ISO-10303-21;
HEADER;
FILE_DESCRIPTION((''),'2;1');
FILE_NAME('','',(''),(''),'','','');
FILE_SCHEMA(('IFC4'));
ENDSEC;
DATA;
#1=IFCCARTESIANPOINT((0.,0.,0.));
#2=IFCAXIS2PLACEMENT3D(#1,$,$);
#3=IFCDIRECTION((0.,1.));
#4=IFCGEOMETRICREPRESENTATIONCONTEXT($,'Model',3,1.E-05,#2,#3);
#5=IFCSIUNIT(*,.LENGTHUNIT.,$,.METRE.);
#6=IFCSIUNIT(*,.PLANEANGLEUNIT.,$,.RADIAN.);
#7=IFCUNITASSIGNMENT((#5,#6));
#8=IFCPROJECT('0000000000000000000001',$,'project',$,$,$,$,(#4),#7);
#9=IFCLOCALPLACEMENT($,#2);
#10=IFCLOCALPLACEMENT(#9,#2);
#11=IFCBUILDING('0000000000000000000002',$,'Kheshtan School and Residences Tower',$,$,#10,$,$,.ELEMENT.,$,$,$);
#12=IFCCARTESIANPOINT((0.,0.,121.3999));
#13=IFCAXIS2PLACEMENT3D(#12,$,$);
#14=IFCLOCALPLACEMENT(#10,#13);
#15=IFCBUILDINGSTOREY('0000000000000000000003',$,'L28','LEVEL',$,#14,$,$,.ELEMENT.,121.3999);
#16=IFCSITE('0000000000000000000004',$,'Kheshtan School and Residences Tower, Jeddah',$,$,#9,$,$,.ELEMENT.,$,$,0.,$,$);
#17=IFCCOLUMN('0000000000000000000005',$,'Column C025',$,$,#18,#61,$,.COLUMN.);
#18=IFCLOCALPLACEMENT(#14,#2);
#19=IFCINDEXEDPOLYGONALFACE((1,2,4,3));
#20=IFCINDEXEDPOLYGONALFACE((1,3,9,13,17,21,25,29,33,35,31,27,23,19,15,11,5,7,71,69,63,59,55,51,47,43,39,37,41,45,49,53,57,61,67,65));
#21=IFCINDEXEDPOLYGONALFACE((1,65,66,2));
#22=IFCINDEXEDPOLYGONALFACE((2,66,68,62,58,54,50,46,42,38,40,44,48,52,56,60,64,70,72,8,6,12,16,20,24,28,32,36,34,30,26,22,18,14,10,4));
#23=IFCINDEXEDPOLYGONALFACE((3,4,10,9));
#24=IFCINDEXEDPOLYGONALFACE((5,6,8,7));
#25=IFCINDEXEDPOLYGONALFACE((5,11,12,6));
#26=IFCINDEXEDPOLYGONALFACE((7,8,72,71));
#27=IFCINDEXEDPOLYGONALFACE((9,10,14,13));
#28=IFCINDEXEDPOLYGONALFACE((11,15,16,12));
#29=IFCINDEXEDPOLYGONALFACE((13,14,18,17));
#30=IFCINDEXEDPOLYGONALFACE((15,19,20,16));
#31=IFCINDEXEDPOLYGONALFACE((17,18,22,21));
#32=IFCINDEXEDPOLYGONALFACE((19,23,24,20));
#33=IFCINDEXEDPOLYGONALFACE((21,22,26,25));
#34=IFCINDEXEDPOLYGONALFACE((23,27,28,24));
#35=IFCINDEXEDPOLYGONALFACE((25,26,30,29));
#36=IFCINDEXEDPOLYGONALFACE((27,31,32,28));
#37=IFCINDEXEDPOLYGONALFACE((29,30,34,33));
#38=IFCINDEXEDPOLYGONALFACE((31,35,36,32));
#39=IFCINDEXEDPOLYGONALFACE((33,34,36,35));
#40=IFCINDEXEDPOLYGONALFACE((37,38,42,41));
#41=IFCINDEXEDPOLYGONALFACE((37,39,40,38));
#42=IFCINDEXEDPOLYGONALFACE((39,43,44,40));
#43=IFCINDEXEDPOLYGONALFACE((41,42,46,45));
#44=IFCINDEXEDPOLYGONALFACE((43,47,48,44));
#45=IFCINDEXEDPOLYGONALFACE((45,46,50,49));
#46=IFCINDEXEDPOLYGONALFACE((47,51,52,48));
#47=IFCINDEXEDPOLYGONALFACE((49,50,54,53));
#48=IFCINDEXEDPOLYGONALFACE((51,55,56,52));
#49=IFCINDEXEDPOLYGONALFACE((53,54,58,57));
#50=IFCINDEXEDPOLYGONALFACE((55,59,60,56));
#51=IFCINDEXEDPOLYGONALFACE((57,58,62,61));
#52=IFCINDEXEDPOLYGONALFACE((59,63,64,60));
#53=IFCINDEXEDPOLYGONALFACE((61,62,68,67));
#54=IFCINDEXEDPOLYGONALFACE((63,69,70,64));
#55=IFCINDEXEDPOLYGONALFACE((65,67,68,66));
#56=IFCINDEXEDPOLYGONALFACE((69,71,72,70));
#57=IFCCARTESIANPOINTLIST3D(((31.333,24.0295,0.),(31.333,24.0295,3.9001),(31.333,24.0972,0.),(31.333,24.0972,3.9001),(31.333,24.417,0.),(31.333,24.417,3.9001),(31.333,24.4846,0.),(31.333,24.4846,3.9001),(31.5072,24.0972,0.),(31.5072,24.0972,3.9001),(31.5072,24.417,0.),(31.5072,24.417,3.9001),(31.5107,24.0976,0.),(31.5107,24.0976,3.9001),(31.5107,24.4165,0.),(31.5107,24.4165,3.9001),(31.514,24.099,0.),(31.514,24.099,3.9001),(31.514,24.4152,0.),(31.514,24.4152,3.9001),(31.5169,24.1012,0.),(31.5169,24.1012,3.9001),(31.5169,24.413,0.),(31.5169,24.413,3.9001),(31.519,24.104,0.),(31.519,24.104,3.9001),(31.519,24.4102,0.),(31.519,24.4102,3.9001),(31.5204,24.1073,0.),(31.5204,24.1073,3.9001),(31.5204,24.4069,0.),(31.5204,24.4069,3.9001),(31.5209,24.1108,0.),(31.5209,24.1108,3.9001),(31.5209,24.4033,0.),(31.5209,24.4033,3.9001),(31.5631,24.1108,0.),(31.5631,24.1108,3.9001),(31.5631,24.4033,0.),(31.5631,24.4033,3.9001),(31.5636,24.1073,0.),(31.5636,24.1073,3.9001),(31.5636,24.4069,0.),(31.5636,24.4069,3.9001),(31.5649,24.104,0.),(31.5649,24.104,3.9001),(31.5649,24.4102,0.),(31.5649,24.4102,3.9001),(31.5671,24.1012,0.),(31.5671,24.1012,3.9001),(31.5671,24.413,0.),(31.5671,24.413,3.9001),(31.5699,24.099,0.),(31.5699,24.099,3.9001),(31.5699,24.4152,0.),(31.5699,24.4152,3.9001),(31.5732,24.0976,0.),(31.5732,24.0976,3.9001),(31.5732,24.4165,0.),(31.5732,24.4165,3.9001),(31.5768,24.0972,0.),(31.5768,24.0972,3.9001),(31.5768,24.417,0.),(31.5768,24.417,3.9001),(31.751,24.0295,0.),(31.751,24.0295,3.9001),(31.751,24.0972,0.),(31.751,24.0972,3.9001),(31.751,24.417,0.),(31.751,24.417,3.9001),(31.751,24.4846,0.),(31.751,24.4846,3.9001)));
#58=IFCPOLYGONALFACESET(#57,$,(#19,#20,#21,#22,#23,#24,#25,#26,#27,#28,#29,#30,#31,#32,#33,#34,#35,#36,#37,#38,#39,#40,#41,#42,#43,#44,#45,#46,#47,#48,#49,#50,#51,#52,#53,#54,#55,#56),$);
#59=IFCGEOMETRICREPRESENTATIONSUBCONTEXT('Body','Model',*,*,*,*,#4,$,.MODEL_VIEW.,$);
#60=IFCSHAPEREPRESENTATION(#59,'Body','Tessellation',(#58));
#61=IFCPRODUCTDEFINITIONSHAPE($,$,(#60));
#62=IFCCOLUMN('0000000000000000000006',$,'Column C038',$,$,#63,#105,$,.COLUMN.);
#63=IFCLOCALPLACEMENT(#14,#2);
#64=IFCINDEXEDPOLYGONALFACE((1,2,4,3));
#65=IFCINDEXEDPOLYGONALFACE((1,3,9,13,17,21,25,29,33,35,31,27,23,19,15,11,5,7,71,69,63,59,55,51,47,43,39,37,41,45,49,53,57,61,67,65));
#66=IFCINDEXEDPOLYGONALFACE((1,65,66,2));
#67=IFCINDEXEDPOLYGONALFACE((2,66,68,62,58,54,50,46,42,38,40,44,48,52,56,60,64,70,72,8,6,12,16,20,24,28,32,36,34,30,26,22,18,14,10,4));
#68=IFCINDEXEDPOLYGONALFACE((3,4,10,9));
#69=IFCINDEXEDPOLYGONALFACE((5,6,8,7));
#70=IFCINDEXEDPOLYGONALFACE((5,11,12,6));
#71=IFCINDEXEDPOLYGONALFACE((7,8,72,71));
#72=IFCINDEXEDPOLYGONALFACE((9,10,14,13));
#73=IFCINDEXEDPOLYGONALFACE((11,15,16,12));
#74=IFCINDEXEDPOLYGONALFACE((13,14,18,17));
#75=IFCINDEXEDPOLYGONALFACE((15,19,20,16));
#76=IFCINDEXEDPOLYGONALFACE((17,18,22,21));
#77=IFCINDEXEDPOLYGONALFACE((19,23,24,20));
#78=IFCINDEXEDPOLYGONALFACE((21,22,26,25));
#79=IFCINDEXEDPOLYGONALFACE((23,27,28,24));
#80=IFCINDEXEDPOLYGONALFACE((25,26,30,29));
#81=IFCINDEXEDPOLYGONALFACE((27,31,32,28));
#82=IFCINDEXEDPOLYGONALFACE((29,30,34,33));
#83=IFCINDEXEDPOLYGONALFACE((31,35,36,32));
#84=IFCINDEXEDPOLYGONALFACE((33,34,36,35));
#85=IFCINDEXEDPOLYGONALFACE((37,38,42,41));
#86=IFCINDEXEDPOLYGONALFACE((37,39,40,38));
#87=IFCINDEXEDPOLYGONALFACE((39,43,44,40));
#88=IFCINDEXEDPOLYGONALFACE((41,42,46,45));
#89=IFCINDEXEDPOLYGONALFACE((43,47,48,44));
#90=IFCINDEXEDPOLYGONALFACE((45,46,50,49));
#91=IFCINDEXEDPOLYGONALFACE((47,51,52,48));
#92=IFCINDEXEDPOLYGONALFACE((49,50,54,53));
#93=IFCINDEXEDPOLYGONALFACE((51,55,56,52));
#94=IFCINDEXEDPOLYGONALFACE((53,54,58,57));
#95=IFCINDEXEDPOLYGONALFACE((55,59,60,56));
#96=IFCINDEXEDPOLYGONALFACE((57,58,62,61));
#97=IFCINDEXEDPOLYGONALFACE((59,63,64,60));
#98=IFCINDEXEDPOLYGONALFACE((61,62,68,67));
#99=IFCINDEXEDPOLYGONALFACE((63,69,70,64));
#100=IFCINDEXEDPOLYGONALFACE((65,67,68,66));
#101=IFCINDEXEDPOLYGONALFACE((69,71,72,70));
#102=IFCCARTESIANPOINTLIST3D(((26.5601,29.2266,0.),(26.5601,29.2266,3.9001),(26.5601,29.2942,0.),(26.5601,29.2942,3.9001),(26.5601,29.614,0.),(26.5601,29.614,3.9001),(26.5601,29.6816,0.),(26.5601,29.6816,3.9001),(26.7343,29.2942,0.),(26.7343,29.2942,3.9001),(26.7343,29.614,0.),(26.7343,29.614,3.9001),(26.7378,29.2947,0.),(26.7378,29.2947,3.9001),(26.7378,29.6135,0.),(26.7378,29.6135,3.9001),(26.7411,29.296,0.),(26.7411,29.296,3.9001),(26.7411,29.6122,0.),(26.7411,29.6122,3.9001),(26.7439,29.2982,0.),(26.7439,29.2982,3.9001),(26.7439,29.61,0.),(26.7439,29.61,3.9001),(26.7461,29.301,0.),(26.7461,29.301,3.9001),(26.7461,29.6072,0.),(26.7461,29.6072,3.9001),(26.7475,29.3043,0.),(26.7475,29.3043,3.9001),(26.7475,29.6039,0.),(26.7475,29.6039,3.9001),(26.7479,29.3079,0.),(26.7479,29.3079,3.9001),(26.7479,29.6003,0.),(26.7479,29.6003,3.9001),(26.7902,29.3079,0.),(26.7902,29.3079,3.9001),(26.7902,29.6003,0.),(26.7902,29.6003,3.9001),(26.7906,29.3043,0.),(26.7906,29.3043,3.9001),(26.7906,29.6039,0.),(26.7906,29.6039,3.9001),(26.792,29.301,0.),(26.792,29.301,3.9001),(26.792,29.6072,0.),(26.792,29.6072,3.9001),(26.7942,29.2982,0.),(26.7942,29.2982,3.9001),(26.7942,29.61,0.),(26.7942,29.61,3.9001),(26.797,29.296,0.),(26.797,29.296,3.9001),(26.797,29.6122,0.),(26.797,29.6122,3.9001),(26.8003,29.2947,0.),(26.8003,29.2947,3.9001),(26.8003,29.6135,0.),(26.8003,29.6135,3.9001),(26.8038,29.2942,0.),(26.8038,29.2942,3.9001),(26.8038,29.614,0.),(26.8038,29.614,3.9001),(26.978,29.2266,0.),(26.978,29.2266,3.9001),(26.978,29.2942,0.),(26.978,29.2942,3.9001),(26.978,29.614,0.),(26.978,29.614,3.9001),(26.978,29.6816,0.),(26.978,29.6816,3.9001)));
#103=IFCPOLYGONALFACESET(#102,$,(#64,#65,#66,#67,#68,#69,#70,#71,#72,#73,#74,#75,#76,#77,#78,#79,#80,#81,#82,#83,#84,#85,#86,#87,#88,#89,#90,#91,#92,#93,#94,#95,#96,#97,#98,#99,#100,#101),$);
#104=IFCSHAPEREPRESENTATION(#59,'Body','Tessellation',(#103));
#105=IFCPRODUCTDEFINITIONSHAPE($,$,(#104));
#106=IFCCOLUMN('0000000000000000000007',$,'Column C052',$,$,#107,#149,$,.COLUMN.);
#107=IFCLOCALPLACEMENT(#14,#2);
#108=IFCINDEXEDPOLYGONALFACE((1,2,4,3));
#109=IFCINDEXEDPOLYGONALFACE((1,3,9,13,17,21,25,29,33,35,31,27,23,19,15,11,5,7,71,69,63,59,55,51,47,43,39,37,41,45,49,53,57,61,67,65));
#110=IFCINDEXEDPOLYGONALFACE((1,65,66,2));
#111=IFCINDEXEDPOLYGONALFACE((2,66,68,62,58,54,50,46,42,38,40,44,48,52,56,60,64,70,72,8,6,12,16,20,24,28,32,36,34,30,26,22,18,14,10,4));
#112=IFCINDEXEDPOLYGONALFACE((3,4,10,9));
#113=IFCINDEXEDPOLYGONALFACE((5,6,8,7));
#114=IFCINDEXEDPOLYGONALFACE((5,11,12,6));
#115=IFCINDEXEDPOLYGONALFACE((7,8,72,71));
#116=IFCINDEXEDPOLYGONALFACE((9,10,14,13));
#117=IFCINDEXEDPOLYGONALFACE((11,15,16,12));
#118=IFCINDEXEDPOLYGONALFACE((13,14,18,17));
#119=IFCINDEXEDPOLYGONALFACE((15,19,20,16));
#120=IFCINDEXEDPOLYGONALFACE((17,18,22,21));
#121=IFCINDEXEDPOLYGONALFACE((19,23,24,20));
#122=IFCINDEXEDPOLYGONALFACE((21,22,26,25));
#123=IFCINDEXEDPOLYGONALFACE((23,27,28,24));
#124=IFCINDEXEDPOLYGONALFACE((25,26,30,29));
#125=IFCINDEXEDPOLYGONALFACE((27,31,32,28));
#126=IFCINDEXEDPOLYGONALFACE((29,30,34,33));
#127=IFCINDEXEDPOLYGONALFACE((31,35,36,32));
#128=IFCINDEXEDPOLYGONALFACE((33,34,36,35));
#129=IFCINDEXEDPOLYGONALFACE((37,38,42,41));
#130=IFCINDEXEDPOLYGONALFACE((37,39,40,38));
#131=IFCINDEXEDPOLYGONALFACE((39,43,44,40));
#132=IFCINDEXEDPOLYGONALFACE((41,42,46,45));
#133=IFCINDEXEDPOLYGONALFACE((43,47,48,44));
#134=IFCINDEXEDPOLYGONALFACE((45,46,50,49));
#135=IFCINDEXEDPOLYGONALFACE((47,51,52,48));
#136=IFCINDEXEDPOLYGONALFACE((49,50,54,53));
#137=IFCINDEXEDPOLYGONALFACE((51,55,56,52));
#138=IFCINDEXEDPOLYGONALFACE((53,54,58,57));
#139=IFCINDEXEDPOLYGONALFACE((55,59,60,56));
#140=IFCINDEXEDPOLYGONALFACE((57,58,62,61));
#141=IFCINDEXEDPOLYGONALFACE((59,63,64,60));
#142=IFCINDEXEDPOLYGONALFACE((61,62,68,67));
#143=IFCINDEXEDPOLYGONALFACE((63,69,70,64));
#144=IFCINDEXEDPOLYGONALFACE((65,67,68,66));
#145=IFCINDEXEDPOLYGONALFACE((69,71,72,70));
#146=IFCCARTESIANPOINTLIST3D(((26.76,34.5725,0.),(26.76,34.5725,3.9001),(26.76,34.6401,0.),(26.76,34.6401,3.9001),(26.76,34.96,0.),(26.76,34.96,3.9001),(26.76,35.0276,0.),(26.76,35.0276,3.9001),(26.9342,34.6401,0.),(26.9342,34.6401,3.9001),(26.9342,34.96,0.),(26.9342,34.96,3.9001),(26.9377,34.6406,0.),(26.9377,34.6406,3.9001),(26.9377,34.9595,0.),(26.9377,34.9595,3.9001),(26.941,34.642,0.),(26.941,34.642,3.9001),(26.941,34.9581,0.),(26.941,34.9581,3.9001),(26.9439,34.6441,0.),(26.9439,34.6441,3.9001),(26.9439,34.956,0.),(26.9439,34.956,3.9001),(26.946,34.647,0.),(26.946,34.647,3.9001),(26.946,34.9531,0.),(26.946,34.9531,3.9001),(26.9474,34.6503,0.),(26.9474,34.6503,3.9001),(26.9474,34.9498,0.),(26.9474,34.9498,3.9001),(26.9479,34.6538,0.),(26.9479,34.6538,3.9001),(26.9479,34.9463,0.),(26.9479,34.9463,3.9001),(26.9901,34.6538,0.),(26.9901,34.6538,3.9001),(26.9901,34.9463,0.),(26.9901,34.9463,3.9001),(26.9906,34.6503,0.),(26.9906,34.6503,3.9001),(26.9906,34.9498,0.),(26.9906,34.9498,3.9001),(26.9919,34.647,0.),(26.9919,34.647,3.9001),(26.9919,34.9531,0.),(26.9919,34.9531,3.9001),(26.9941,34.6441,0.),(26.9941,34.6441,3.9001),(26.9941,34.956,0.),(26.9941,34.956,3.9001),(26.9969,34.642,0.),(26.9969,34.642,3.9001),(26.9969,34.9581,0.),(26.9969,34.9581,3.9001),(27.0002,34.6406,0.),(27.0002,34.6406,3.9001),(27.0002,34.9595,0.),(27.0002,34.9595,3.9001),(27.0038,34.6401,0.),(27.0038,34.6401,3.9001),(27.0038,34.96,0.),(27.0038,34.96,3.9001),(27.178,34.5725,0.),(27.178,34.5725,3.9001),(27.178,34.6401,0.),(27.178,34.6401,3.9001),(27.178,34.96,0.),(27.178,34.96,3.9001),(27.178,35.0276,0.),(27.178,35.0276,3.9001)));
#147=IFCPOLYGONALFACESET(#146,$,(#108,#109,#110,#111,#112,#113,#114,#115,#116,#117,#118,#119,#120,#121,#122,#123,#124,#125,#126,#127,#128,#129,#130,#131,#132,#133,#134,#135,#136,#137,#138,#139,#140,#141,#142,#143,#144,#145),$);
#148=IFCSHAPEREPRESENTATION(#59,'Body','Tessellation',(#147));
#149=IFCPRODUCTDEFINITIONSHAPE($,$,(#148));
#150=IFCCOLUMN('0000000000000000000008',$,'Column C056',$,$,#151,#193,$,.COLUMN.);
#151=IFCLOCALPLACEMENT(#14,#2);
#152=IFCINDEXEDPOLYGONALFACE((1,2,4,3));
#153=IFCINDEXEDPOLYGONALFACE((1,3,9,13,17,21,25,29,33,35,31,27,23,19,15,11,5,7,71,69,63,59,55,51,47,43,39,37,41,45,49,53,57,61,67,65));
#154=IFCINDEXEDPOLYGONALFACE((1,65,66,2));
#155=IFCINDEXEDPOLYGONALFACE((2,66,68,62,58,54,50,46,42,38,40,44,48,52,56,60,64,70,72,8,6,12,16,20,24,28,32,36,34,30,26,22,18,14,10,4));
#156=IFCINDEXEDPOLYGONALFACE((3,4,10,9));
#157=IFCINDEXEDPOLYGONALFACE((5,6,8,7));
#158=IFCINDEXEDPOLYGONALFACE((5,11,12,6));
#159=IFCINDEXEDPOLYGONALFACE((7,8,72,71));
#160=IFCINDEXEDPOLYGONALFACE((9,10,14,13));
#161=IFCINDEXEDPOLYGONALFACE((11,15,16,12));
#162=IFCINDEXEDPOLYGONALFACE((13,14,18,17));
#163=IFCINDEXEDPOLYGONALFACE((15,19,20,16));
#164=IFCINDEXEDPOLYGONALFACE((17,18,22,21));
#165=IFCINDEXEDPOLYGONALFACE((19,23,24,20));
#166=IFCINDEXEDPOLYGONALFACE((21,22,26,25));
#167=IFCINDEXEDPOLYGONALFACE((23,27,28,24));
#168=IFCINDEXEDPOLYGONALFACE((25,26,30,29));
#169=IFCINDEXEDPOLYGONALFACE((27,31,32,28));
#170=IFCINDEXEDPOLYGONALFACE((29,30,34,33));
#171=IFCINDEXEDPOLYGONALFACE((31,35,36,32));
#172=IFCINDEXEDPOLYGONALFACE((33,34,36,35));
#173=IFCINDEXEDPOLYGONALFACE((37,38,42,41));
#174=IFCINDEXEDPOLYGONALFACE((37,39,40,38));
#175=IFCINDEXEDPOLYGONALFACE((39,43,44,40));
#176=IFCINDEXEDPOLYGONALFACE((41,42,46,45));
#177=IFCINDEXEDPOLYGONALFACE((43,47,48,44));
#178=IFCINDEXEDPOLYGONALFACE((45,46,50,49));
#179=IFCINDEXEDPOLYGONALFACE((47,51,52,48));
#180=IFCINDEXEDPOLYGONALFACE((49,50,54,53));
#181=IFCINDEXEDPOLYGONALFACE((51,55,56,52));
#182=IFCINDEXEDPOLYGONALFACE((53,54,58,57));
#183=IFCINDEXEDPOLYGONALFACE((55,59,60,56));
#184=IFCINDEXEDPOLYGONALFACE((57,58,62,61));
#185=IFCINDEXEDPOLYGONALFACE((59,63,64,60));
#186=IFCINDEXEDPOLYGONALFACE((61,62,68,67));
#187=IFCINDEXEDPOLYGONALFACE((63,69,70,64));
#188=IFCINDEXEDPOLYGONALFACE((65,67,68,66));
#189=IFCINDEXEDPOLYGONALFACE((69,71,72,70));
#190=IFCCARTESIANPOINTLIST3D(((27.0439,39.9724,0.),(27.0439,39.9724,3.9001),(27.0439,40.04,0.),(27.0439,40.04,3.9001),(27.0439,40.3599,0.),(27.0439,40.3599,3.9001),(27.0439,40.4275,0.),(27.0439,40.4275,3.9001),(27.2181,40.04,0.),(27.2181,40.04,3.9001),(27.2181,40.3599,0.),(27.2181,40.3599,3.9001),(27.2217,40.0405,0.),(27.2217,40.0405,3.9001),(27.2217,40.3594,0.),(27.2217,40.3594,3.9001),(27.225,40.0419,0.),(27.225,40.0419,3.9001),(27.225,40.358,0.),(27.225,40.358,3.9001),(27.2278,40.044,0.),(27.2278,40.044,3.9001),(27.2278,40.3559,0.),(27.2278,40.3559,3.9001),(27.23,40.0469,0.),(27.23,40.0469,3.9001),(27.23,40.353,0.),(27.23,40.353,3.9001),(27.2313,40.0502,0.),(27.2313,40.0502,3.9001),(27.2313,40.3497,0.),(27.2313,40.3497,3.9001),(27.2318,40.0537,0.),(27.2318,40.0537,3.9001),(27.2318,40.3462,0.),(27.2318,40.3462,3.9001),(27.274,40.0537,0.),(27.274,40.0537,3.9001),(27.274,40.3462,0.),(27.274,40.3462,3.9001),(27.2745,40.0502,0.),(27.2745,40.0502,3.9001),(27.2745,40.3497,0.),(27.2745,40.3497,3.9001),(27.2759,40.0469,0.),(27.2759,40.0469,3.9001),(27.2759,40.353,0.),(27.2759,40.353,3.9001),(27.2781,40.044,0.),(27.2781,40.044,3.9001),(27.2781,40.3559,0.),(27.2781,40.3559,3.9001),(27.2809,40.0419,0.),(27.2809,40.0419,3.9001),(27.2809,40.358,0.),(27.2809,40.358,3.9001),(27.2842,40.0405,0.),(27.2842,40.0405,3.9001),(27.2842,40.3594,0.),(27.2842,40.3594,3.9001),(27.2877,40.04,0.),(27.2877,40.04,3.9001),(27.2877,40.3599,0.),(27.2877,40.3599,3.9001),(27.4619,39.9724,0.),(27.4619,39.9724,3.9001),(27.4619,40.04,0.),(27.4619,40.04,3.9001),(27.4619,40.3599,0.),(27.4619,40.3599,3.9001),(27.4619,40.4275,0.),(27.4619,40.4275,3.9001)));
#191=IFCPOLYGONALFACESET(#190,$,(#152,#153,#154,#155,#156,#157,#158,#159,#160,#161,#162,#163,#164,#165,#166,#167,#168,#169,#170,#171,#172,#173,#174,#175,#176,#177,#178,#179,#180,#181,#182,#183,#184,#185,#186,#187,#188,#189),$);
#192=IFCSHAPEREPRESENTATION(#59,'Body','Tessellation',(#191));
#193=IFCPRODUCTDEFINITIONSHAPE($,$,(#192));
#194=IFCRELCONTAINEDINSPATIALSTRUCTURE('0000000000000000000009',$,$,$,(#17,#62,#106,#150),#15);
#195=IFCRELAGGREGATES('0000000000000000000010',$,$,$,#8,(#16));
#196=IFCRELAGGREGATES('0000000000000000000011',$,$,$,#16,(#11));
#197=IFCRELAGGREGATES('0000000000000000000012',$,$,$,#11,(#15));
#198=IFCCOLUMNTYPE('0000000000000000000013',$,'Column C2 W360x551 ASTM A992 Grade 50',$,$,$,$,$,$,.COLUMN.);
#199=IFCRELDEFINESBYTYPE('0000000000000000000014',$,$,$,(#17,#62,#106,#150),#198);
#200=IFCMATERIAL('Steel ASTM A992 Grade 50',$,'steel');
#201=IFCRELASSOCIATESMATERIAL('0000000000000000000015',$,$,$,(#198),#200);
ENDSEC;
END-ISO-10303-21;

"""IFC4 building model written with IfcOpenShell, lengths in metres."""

from ifc_helpers import new_model, si_unit, direction, frame, origin, origin_2d, place, context, subcontext, project, spatial, i_section, extrude, material, material_profile, profile_set, type_object, element, save


model = new_model("IFC4")

# Units and contexts
model_context = context("Model", 3, precision=1e-05, world=origin(), true_north=direction((0.0, 1.0)))
body_context = subcontext(model_context, "Body", "Model", "MODEL_VIEW")
ifc_project = project(units=[si_unit("LENGTHUNIT", "METRE"), si_unit("PLANEANGLEUNIT", "RADIAN")], contexts=[model_context])

# Site, building, storey
site_placement = place(None, origin())
site = spatial("IfcSite", under=ifc_project, at=site_placement, Name="Kheshtan School and Residences Tower, Jeddah", CompositionType="ELEMENT", RefElevation=0.0)
building_placement = place(site_placement, origin())
building = spatial("IfcBuilding", under=site, at=building_placement, Name="Kheshtan School and Residences Tower", CompositionType="ELEMENT")
storey_placement = place(building_placement, frame((0.0, 0.0, 121.3999)))
storey = spatial("IfcBuildingStorey", under=building, at=storey_placement, Name="L28", Description="LEVEL", CompositionType="ELEMENT", Elevation=121.3999)

# Columns
ifc_material_1 = material(Name="Steel ASTM A992 Grade 50", Category="steel")
ifc_material_profile_1 = material_profile(ifc_material_1, i_section(OverallWidth=0.418, OverallDepth=0.4551, WebThickness=0.0422, FlangeThickness=0.0676, FilletRadius=0.0137, at=origin_2d()), Name="W360x551")
ifc_profile_set_1 = profile_set([ifc_material_profile_1], Name="Steel ASTM A992 Grade 50")
column_type = type_object("IfcColumnType", Name="Column C2 W360x551 ASTM A992 Grade 50", PredefinedType="COLUMN", material=ifc_profile_set_1)
for number, where, z_axis, x_axis, name in (
    (1, (31.542, 24.2571, 0.0), (0.0, 0.0, 1.0), (1.0, 0.0, 0.0), "Column C025"),
    (2, (26.769, 29.4541, 0.0), (0.0, 0.0, 1.0), (1.0, 0.0, 0.0), "Column C038"),
    (3, (26.969, 34.8, 0.0), (0.0, 0.0, 1.0), (1.0, 0.0, 0.0), "Column C052"),
    (4, (27.2529, 40.2, 0.0), (0.0, 0.0, 1.0), (1.0, 0.0, 0.0), "Column C056"),
):
    element("IfcColumn", number, at=place(storey_placement, frame(where, z_axis=z_axis, x_axis=x_axis)), inside=storey, type_object=column_type, Name=name, PredefinedType="COLUMN", context=body_context, shape_type="SweptSolid", body=[
        extrude(i_section(OverallWidth=0.418, OverallDepth=0.4551, WebThickness=0.0422, FlangeThickness=0.0676, FilletRadius=0.0137, at=origin_2d()), origin(), (0.0, 0.0, 1.0), 3.9001),
    ])

save(model, "model.ifc")
